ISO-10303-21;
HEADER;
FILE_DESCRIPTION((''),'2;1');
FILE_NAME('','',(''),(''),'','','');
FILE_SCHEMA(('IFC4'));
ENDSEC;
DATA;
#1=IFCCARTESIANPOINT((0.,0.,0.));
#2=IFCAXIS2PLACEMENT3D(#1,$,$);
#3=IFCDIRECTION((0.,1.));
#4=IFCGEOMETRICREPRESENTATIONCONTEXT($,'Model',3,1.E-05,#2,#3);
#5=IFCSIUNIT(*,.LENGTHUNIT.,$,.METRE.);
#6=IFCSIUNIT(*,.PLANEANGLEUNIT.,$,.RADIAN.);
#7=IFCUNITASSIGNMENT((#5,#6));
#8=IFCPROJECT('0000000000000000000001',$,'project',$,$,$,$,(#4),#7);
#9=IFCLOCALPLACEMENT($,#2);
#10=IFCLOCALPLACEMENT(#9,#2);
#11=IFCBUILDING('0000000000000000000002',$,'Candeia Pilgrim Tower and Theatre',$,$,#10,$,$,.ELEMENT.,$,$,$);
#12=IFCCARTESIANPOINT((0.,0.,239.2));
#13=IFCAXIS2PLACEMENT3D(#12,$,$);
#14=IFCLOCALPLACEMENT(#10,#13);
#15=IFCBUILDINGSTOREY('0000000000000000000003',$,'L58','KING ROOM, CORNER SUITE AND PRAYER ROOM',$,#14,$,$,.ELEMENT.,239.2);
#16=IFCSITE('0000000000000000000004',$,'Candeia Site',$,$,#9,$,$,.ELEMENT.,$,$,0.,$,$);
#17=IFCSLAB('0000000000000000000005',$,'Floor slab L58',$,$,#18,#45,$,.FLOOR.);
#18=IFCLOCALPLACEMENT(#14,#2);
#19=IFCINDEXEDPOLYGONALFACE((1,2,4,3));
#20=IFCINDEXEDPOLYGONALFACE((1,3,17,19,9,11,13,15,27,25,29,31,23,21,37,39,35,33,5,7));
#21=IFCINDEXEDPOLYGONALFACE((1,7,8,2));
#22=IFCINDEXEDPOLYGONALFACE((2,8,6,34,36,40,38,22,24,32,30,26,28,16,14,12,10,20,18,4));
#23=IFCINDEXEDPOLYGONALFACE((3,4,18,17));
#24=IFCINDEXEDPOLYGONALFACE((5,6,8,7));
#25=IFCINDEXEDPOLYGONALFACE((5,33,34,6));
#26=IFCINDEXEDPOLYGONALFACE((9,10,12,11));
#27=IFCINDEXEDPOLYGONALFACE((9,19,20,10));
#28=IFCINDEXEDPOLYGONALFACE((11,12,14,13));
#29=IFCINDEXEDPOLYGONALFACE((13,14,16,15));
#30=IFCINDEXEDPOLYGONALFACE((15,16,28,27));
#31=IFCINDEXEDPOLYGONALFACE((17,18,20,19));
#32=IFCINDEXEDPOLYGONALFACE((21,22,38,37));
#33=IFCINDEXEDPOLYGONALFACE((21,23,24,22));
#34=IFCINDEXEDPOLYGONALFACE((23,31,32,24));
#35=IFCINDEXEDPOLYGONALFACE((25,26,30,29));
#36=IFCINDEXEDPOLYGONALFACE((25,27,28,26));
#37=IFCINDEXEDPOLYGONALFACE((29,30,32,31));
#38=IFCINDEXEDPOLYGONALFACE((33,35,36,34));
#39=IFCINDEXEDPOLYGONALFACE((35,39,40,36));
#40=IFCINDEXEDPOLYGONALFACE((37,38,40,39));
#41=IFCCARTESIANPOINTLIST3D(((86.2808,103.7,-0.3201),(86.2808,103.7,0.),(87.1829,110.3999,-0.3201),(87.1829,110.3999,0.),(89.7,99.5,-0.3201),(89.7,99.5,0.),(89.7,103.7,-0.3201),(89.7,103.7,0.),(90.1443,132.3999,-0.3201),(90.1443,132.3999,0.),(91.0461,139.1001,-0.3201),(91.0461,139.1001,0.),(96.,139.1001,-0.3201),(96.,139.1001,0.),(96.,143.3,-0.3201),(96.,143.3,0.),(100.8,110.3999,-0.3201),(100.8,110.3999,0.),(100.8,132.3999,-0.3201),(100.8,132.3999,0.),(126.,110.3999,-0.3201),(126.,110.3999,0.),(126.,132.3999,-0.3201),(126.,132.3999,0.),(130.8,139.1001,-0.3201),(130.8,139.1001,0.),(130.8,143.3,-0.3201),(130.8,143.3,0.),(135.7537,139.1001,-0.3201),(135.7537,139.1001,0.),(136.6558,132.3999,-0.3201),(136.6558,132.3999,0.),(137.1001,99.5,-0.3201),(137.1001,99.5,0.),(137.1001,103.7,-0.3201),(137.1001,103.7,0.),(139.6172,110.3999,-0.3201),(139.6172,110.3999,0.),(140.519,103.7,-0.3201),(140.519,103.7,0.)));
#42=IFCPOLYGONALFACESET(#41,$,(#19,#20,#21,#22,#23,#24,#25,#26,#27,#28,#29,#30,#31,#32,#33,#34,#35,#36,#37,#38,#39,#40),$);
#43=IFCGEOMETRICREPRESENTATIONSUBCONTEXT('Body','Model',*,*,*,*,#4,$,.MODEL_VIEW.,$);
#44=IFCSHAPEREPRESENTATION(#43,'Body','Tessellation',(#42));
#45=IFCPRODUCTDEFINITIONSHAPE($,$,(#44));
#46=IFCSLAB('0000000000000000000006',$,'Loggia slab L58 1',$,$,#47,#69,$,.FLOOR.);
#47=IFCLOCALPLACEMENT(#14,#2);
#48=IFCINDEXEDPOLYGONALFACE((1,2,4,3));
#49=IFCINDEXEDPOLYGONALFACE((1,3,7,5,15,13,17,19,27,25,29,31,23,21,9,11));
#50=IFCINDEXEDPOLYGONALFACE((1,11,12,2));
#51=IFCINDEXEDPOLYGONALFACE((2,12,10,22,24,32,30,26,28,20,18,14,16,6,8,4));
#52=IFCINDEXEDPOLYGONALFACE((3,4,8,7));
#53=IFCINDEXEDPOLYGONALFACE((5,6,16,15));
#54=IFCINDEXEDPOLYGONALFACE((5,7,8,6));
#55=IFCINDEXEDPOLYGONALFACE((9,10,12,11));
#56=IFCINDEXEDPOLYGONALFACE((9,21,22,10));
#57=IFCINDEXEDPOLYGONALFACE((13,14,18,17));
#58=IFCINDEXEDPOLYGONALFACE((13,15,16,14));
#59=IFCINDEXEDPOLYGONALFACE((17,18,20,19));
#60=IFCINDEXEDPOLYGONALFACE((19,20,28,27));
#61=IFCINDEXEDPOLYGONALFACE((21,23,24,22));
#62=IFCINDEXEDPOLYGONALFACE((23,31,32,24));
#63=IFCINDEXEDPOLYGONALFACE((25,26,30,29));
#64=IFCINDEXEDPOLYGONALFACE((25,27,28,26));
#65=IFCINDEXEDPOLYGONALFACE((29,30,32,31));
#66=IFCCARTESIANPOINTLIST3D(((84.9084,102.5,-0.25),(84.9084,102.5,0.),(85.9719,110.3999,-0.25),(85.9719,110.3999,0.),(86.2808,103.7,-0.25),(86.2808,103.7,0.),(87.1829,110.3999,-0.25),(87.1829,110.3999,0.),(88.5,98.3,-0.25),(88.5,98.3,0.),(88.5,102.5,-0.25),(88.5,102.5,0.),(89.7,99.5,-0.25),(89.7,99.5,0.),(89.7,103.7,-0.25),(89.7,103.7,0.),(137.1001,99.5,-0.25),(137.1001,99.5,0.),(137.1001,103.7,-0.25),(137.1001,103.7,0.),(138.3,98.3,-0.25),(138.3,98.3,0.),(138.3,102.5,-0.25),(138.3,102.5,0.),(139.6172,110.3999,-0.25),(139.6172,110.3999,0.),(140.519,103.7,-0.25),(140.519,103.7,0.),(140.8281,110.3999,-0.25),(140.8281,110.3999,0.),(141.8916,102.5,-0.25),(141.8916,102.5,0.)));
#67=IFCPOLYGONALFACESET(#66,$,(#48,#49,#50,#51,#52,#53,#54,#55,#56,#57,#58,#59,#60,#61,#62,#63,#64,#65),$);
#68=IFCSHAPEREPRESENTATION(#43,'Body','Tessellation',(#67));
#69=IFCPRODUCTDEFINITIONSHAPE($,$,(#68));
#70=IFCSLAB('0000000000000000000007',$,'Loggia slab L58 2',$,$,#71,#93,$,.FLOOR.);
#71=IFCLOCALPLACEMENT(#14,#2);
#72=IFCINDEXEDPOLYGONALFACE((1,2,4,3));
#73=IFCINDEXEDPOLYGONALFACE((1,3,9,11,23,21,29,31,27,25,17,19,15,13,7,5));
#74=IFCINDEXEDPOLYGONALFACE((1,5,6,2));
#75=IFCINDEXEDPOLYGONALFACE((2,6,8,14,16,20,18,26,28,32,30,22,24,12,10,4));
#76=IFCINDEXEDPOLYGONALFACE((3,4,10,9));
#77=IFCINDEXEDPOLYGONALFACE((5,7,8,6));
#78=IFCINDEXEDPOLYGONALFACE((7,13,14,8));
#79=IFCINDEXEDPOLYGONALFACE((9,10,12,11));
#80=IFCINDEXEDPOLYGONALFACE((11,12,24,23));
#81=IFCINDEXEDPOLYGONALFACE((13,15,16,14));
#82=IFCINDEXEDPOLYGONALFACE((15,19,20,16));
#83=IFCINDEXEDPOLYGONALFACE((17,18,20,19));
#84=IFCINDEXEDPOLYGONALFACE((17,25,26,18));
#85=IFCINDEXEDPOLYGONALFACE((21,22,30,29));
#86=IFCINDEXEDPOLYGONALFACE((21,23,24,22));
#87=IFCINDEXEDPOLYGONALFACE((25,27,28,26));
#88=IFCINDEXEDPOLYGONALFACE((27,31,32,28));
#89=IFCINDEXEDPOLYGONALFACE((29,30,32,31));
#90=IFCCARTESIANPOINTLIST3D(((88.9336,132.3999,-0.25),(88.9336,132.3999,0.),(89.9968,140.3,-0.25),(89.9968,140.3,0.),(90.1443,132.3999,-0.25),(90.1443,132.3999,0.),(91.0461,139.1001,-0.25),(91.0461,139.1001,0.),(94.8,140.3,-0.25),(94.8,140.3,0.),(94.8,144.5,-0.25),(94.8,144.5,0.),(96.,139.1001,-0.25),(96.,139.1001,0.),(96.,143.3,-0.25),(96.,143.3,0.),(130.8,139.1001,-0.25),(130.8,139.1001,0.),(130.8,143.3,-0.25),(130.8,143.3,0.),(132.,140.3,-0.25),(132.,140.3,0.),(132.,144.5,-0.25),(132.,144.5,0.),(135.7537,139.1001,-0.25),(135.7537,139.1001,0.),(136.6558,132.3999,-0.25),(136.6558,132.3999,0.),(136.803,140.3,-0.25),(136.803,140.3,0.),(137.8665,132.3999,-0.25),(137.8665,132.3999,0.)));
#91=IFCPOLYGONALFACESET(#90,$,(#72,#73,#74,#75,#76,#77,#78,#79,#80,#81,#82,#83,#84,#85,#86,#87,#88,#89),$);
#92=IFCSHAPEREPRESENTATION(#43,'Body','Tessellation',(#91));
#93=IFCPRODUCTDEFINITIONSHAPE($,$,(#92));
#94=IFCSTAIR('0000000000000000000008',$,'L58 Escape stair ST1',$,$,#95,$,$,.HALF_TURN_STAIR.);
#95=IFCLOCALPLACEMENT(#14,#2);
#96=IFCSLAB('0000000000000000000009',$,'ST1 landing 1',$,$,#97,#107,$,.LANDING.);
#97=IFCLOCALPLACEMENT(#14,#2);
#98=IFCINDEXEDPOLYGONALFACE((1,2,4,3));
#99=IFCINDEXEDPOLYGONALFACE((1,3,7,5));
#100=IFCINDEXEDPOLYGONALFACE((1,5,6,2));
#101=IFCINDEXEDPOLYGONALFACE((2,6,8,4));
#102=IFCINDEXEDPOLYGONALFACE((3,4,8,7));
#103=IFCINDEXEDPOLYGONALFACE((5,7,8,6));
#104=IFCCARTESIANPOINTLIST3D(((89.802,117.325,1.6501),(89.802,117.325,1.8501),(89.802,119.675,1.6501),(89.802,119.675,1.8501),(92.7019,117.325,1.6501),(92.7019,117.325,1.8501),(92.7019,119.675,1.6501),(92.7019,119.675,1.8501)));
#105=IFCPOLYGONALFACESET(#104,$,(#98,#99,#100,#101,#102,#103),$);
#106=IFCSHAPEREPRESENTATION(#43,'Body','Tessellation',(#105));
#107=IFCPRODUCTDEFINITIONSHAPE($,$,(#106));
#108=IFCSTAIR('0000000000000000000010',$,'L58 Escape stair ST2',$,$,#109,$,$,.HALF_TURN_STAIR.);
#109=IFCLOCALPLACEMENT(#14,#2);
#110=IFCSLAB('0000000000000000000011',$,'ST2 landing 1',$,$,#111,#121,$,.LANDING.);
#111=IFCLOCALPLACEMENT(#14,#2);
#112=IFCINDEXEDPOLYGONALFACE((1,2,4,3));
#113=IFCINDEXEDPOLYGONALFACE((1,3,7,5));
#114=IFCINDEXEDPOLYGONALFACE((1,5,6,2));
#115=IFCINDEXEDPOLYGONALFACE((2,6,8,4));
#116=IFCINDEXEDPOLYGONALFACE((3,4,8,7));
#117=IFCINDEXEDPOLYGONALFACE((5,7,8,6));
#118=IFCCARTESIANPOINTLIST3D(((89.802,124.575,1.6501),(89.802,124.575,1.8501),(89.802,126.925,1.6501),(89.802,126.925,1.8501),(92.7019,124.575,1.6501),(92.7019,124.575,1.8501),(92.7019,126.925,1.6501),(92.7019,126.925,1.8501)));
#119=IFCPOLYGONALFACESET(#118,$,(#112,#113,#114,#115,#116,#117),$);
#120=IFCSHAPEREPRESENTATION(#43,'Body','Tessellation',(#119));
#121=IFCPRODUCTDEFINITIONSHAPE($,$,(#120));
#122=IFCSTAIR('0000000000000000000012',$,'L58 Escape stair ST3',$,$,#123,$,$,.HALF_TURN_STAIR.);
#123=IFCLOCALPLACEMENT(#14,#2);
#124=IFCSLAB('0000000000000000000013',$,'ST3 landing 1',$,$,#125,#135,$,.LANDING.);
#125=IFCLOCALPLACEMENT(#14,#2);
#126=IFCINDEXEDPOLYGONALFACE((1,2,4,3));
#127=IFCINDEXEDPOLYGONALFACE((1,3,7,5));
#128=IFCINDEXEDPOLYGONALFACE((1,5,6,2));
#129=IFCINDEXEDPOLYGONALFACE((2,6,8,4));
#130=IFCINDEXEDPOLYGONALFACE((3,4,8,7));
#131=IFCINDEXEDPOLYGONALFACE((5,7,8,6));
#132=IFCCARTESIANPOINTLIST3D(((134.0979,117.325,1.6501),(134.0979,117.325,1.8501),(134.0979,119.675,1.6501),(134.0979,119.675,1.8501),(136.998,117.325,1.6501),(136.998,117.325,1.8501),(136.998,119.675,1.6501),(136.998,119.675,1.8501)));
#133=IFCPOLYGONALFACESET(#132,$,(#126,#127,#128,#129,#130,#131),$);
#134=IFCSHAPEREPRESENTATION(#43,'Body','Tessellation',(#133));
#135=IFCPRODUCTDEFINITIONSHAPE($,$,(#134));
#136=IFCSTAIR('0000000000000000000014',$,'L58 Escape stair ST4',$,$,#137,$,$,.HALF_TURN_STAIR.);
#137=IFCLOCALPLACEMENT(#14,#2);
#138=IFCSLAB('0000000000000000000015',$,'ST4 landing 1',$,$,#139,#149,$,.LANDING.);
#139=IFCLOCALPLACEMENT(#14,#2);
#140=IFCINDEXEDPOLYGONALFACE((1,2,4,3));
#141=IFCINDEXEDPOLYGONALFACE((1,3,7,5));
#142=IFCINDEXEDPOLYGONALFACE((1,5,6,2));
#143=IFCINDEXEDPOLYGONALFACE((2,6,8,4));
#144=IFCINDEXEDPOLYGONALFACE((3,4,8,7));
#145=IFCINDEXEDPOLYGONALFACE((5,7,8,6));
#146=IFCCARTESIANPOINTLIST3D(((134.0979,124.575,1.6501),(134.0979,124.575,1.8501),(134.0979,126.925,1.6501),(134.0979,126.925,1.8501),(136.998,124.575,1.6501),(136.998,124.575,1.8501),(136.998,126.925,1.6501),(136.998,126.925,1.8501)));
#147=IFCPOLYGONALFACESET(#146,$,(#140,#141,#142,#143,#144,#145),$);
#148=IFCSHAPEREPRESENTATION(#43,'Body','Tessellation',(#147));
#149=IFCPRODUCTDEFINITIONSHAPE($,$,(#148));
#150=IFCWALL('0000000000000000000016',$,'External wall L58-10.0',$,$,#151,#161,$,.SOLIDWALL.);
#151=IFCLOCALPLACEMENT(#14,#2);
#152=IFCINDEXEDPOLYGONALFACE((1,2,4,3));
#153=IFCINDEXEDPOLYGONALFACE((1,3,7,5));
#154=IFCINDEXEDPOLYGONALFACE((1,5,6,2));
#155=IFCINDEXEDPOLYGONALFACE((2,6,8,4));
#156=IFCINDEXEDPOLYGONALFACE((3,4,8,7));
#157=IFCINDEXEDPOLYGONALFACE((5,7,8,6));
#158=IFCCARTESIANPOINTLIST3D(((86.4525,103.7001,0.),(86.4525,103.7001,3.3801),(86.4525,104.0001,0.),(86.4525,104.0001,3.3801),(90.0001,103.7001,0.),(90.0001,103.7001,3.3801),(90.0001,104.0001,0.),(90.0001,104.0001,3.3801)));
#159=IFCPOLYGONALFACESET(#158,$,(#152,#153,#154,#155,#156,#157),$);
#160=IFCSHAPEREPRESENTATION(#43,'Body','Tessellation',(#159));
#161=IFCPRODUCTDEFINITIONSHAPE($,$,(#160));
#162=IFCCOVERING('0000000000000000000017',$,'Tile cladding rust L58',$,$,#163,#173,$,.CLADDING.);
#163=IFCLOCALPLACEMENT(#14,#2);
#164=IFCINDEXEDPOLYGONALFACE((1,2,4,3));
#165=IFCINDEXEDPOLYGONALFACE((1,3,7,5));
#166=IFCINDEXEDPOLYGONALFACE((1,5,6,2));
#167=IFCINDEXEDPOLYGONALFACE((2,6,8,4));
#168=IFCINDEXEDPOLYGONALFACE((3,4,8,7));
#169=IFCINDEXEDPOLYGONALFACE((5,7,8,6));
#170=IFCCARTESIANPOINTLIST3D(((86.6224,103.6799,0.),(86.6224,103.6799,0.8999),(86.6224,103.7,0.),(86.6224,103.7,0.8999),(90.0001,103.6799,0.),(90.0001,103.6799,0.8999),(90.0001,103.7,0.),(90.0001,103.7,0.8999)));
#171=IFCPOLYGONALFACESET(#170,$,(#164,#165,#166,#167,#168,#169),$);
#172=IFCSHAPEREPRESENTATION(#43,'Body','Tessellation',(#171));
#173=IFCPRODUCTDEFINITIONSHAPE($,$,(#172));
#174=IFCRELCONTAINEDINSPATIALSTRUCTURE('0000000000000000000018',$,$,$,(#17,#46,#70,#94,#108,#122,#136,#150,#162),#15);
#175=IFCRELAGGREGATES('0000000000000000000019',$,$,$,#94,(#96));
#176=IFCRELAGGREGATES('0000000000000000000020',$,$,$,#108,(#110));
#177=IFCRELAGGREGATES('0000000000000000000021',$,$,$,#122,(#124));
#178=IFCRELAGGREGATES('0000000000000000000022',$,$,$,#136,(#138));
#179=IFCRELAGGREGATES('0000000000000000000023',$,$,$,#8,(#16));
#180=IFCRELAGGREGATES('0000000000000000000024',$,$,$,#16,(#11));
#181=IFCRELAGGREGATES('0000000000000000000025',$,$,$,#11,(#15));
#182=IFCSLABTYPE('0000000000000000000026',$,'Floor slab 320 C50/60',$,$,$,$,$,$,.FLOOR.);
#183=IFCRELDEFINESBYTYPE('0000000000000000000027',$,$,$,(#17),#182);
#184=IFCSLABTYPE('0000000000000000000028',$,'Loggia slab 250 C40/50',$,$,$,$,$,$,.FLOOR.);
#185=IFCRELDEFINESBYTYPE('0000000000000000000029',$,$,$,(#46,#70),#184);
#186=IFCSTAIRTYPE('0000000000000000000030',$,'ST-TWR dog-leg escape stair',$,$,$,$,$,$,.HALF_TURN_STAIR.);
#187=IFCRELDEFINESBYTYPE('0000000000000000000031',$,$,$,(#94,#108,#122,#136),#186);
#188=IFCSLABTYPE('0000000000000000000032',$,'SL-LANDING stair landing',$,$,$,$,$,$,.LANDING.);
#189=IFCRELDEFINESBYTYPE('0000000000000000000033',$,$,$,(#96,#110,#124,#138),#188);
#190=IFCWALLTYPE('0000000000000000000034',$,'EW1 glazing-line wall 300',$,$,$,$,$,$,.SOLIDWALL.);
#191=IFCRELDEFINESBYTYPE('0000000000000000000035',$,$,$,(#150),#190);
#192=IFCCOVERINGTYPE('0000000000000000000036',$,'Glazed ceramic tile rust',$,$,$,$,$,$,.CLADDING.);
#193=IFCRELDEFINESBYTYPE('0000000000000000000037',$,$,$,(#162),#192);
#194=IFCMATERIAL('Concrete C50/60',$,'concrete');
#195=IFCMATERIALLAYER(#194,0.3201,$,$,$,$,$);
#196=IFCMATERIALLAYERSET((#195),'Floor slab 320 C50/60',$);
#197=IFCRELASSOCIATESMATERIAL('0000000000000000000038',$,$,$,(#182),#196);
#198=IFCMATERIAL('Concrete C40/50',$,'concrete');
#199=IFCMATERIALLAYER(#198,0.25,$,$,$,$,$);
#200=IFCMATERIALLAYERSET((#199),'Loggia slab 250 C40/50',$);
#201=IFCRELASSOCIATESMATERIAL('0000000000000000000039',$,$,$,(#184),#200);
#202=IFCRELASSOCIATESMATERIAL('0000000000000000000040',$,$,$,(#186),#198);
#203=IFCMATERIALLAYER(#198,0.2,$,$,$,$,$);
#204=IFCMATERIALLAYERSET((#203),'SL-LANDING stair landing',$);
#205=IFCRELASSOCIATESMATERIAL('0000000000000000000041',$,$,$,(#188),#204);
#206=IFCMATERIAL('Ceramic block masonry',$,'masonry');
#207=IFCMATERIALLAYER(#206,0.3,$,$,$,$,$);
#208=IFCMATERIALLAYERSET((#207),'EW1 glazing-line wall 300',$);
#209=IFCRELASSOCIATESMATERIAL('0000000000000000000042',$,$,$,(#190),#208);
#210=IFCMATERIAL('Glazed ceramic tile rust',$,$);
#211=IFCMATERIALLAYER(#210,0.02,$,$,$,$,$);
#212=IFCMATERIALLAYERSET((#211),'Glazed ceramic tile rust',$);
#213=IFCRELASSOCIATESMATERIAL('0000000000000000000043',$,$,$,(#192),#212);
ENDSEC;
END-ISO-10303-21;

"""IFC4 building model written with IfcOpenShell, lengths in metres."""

from ifc_helpers import new_model, si_unit, direction, frame, frame_2d, origin, origin_2d, place, context, subcontext, project, spatial, polyline, rectangle, outline, extrude, material, layer, layer_set, type_object, element, aggregate, save


model = new_model("IFC4")

# Units and contexts
model_context = context("Model", 3, precision=1e-05, world=origin(), true_north=direction((0.0, 1.0)))
body_context = subcontext(model_context, "Body", "Model", "MODEL_VIEW")
ifc_project = project(units=[si_unit("LENGTHUNIT", "METRE"), si_unit("PLANEANGLEUNIT", "RADIAN")], contexts=[model_context])

# Site, building, storey
site_placement = place(None, origin())
site = spatial("IfcSite", under=ifc_project, at=site_placement, Name="Candeia Site", CompositionType="ELEMENT", RefElevation=0.0)
building_placement = place(site_placement, origin())
building = spatial("IfcBuilding", under=site, at=building_placement, Name="Candeia Pilgrim Tower and Theatre", CompositionType="ELEMENT")
storey_placement = place(building_placement, frame((0.0, 0.0, 239.2)))
storey = spatial("IfcBuildingStorey", under=building, at=storey_placement, Name="L58", Description="KING ROOM, CORNER SUITE AND PRAYER ROOM", CompositionType="ELEMENT", Elevation=239.2)

# Shared definitions
ifc_material_1 = material(Name="Concrete C50/60", Category="concrete")

# Slabs
ifc_material_2 = material(Name="Concrete C40/50", Category="concrete")
ifc_layer_1 = layer(ifc_material_1, 0.3201)
ifc_layer_set_1 = layer_set([ifc_layer_1], Name="Floor slab 320 C50/60")
slab_type_1 = type_object("IfcSlabType", Name="Floor slab 320 C50/60", PredefinedType="FLOOR", material=ifc_layer_set_1)
slab_1_placement = place(storey_placement, frame((0.0, 0.0, -0.3201)))
element("IfcSlab", 1, at=slab_1_placement, inside=storey, type_object=slab_type_1, Name="Floor slab L58", PredefinedType="FLOOR", context=body_context, shape_type="SweptSolid", body=[
    extrude(outline(polyline([(96.0, 139.1001), (96.0, 143.3), (130.8, 143.3), (130.8, 139.1001), (135.7537, 139.1001), (136.6558, 132.3999), (126.0, 132.3999), (126.0, 110.3999), (139.6172, 110.3999), (140.519, 103.7), (137.1001, 103.7), (137.1001, 99.5), (89.7, 99.5), (89.7, 103.7), (86.2808, 103.7), (87.1829, 110.3999), (100.8, 110.3999), (100.8, 132.3999), (90.1443, 132.3999), (91.0461, 139.1001), (96.0, 139.1001)])), origin(), (0.0, 0.0, 1.0), 0.3201),
])
ifc_layer_2 = layer(ifc_material_2, 0.25)
ifc_layer_set_2 = layer_set([ifc_layer_2], Name="Loggia slab 250 C40/50")
slab_type_2 = type_object("IfcSlabType", Name="Loggia slab 250 C40/50", PredefinedType="FLOOR", material=ifc_layer_set_2)
slab_2_placement = place(storey_placement, frame((0.0, 0.0, -0.25)))
element("IfcSlab", 2, at=slab_2_placement, inside=storey, type_object=slab_type_2, Name="Loggia slab L58 1", PredefinedType="FLOOR", context=body_context, shape_type="SweptSolid", body=[
    extrude(outline(polyline([(87.1829, 110.3999), (86.2808, 103.7), (89.7, 103.7), (89.7, 99.5), (137.1001, 99.5), (137.1001, 103.7), (140.519, 103.7), (139.6172, 110.3999), (140.8281, 110.3999), (141.8916, 102.5), (138.3, 102.5), (138.3, 98.3), (88.5, 98.3), (88.5, 102.5), (84.9084, 102.5), (85.9719, 110.3999), (87.1829, 110.3999)])), origin(), (0.0, 0.0, 1.0), 0.25),
])
slab_3_placement = place(storey_placement, frame((0.0, 0.0, -0.25)))
element("IfcSlab", 3, at=slab_3_placement, inside=storey, type_object=slab_type_2, Name="Loggia slab L58 2", PredefinedType="FLOOR", context=body_context, shape_type="SweptSolid", body=[
    extrude(outline(polyline([(136.6558, 132.3999), (135.7537, 139.1001), (130.8, 139.1001), (130.8, 143.3), (96.0, 143.3), (96.0, 139.1001), (91.0461, 139.1001), (90.1443, 132.3999), (88.9336, 132.3999), (89.9968, 140.3), (94.8, 140.3), (94.8, 144.5), (132.0, 144.5), (132.0, 140.3), (136.803, 140.3), (137.8665, 132.3999), (136.6558, 132.3999)])), origin(), (0.0, 0.0, 1.0), 0.25),
])

# Stairs, slabs
stair_type = type_object("IfcStairType", Name="ST-TWR dog-leg escape stair", PredefinedType="HALF_TURN_STAIR", material=ifc_material_2)
stair_1_placement = place(storey_placement, origin())
stair_1 = element("IfcStair", 4, at=stair_1_placement, inside=storey, type_object=stair_type, Name="L58 Escape stair ST1", PredefinedType="HALF_TURN_STAIR")
ifc_layer_3 = layer(ifc_material_2, 0.2)
ifc_layer_set_3 = layer_set([ifc_layer_3], Name="SL-LANDING stair landing")
slab_type_3 = type_object("IfcSlabType", Name="SL-LANDING stair landing", PredefinedType="LANDING", material=ifc_layer_set_3)
slab_4_placement = place(storey_placement, frame((0.0, 0.0, 1.6501)))
slab_4 = element("IfcSlab", 5, at=slab_4_placement, type_object=slab_type_3, Name="ST1 landing 1", PredefinedType="LANDING", context=body_context, shape_type="SweptSolid", body=[
    extrude(outline(polyline([(89.802, 119.675), (89.802, 117.325), (92.7019, 117.325), (92.7019, 119.675), (89.802, 119.675)])), origin(), (0.0, 0.0, 1.0), 0.2),
])
aggregate(stair_1, [slab_4])
stair_2_placement = place(storey_placement, origin())
stair_2 = element("IfcStair", 6, at=stair_2_placement, inside=storey, type_object=stair_type, Name="L58 Escape stair ST2", PredefinedType="HALF_TURN_STAIR")
slab_5_placement = place(storey_placement, frame((0.0, 0.0, 1.6501)))
slab_5 = element("IfcSlab", 7, at=slab_5_placement, type_object=slab_type_3, Name="ST2 landing 1", PredefinedType="LANDING", context=body_context, shape_type="SweptSolid", body=[
    extrude(outline(polyline([(89.802, 126.925), (89.802, 124.575), (92.7019, 124.575), (92.7019, 126.925), (89.802, 126.925)])), origin(), (0.0, 0.0, 1.0), 0.2),
])
aggregate(stair_2, [slab_5])
stair_3_placement = place(storey_placement, origin())
stair_3 = element("IfcStair", 8, at=stair_3_placement, inside=storey, type_object=stair_type, Name="L58 Escape stair ST3", PredefinedType="HALF_TURN_STAIR")
slab_6_placement = place(storey_placement, frame((0.0, 0.0, 1.6501)))
slab_6 = element("IfcSlab", 9, at=slab_6_placement, type_object=slab_type_3, Name="ST3 landing 1", PredefinedType="LANDING", context=body_context, shape_type="SweptSolid", body=[
    extrude(outline(polyline([(134.0979, 119.675), (134.0979, 117.325), (136.998, 117.325), (136.998, 119.675), (134.0979, 119.675)])), origin(), (0.0, 0.0, 1.0), 0.2),
])
aggregate(stair_3, [slab_6])
stair_4_placement = place(storey_placement, origin())
stair_4 = element("IfcStair", 10, at=stair_4_placement, inside=storey, type_object=stair_type, Name="L58 Escape stair ST4", PredefinedType="HALF_TURN_STAIR")
slab_7_placement = place(storey_placement, frame((0.0, 0.0, 1.6501)))
slab_7 = element("IfcSlab", 11, at=slab_7_placement, type_object=slab_type_3, Name="ST4 landing 1", PredefinedType="LANDING", context=body_context, shape_type="SweptSolid", body=[
    extrude(outline(polyline([(134.0979, 126.925), (134.0979, 124.575), (136.998, 124.575), (136.998, 126.925), (134.0979, 126.925)])), origin(), (0.0, 0.0, 1.0), 0.2),
])
aggregate(stair_4, [slab_7])

# Wall
ifc_material_3 = material(Name="Ceramic block masonry", Category="masonry")
ifc_layer_4 = layer(ifc_material_3, 0.3)
ifc_layer_set_4 = layer_set([ifc_layer_4], Name="EW1 glazing-line wall 300")
wall_type = type_object("IfcWallType", Name="EW1 glazing-line wall 300", PredefinedType="SOLIDWALL", material=ifc_layer_set_4)
wall_placement = place(storey_placement, frame((86.4524, 103.8501, 0.0), z_axis=(0.0, 0.0, 1.0), x_axis=(1.0, 0.0, 0.0)))
element("IfcWall", 12, at=wall_placement, inside=storey, type_object=wall_type, Name="External wall L58-10.0", PredefinedType="SOLIDWALL", context=body_context, shape_type="SweptSolid", body=[
    extrude(rectangle(XDim=3.5476, YDim=0.3, at=frame_2d((1.7739, 0.0))), origin(), (0.0, 0.0, 1.0), 3.3801),
])

# Covering
ifc_material_4 = material(Name="Glazed ceramic tile rust")
ifc_layer_5 = layer(ifc_material_4, 0.02)
ifc_layer_set_5 = layer_set([ifc_layer_5], Name="Glazed ceramic tile rust")
covering_type = type_object("IfcCoveringType", Name="Glazed ceramic tile rust", PredefinedType="CLADDING", material=ifc_layer_set_5)
covering_placement = place(storey_placement, frame((88.3113, 103.6899, 0.0), z_axis=(0.0, 0.0, 1.0), x_axis=(1.0, 0.0, 0.0)))
element("IfcCovering", 13, at=covering_placement, inside=storey, type_object=covering_type, Name="Tile cladding rust L58", PredefinedType="CLADDING", context=body_context, shape_type="SweptSolid", body=[
    extrude(rectangle(XDim=3.3777, YDim=0.02, at=origin_2d()), origin(), (0.0, 0.0, 1.0), 0.8999),
])

save(model, "model.ifc")
